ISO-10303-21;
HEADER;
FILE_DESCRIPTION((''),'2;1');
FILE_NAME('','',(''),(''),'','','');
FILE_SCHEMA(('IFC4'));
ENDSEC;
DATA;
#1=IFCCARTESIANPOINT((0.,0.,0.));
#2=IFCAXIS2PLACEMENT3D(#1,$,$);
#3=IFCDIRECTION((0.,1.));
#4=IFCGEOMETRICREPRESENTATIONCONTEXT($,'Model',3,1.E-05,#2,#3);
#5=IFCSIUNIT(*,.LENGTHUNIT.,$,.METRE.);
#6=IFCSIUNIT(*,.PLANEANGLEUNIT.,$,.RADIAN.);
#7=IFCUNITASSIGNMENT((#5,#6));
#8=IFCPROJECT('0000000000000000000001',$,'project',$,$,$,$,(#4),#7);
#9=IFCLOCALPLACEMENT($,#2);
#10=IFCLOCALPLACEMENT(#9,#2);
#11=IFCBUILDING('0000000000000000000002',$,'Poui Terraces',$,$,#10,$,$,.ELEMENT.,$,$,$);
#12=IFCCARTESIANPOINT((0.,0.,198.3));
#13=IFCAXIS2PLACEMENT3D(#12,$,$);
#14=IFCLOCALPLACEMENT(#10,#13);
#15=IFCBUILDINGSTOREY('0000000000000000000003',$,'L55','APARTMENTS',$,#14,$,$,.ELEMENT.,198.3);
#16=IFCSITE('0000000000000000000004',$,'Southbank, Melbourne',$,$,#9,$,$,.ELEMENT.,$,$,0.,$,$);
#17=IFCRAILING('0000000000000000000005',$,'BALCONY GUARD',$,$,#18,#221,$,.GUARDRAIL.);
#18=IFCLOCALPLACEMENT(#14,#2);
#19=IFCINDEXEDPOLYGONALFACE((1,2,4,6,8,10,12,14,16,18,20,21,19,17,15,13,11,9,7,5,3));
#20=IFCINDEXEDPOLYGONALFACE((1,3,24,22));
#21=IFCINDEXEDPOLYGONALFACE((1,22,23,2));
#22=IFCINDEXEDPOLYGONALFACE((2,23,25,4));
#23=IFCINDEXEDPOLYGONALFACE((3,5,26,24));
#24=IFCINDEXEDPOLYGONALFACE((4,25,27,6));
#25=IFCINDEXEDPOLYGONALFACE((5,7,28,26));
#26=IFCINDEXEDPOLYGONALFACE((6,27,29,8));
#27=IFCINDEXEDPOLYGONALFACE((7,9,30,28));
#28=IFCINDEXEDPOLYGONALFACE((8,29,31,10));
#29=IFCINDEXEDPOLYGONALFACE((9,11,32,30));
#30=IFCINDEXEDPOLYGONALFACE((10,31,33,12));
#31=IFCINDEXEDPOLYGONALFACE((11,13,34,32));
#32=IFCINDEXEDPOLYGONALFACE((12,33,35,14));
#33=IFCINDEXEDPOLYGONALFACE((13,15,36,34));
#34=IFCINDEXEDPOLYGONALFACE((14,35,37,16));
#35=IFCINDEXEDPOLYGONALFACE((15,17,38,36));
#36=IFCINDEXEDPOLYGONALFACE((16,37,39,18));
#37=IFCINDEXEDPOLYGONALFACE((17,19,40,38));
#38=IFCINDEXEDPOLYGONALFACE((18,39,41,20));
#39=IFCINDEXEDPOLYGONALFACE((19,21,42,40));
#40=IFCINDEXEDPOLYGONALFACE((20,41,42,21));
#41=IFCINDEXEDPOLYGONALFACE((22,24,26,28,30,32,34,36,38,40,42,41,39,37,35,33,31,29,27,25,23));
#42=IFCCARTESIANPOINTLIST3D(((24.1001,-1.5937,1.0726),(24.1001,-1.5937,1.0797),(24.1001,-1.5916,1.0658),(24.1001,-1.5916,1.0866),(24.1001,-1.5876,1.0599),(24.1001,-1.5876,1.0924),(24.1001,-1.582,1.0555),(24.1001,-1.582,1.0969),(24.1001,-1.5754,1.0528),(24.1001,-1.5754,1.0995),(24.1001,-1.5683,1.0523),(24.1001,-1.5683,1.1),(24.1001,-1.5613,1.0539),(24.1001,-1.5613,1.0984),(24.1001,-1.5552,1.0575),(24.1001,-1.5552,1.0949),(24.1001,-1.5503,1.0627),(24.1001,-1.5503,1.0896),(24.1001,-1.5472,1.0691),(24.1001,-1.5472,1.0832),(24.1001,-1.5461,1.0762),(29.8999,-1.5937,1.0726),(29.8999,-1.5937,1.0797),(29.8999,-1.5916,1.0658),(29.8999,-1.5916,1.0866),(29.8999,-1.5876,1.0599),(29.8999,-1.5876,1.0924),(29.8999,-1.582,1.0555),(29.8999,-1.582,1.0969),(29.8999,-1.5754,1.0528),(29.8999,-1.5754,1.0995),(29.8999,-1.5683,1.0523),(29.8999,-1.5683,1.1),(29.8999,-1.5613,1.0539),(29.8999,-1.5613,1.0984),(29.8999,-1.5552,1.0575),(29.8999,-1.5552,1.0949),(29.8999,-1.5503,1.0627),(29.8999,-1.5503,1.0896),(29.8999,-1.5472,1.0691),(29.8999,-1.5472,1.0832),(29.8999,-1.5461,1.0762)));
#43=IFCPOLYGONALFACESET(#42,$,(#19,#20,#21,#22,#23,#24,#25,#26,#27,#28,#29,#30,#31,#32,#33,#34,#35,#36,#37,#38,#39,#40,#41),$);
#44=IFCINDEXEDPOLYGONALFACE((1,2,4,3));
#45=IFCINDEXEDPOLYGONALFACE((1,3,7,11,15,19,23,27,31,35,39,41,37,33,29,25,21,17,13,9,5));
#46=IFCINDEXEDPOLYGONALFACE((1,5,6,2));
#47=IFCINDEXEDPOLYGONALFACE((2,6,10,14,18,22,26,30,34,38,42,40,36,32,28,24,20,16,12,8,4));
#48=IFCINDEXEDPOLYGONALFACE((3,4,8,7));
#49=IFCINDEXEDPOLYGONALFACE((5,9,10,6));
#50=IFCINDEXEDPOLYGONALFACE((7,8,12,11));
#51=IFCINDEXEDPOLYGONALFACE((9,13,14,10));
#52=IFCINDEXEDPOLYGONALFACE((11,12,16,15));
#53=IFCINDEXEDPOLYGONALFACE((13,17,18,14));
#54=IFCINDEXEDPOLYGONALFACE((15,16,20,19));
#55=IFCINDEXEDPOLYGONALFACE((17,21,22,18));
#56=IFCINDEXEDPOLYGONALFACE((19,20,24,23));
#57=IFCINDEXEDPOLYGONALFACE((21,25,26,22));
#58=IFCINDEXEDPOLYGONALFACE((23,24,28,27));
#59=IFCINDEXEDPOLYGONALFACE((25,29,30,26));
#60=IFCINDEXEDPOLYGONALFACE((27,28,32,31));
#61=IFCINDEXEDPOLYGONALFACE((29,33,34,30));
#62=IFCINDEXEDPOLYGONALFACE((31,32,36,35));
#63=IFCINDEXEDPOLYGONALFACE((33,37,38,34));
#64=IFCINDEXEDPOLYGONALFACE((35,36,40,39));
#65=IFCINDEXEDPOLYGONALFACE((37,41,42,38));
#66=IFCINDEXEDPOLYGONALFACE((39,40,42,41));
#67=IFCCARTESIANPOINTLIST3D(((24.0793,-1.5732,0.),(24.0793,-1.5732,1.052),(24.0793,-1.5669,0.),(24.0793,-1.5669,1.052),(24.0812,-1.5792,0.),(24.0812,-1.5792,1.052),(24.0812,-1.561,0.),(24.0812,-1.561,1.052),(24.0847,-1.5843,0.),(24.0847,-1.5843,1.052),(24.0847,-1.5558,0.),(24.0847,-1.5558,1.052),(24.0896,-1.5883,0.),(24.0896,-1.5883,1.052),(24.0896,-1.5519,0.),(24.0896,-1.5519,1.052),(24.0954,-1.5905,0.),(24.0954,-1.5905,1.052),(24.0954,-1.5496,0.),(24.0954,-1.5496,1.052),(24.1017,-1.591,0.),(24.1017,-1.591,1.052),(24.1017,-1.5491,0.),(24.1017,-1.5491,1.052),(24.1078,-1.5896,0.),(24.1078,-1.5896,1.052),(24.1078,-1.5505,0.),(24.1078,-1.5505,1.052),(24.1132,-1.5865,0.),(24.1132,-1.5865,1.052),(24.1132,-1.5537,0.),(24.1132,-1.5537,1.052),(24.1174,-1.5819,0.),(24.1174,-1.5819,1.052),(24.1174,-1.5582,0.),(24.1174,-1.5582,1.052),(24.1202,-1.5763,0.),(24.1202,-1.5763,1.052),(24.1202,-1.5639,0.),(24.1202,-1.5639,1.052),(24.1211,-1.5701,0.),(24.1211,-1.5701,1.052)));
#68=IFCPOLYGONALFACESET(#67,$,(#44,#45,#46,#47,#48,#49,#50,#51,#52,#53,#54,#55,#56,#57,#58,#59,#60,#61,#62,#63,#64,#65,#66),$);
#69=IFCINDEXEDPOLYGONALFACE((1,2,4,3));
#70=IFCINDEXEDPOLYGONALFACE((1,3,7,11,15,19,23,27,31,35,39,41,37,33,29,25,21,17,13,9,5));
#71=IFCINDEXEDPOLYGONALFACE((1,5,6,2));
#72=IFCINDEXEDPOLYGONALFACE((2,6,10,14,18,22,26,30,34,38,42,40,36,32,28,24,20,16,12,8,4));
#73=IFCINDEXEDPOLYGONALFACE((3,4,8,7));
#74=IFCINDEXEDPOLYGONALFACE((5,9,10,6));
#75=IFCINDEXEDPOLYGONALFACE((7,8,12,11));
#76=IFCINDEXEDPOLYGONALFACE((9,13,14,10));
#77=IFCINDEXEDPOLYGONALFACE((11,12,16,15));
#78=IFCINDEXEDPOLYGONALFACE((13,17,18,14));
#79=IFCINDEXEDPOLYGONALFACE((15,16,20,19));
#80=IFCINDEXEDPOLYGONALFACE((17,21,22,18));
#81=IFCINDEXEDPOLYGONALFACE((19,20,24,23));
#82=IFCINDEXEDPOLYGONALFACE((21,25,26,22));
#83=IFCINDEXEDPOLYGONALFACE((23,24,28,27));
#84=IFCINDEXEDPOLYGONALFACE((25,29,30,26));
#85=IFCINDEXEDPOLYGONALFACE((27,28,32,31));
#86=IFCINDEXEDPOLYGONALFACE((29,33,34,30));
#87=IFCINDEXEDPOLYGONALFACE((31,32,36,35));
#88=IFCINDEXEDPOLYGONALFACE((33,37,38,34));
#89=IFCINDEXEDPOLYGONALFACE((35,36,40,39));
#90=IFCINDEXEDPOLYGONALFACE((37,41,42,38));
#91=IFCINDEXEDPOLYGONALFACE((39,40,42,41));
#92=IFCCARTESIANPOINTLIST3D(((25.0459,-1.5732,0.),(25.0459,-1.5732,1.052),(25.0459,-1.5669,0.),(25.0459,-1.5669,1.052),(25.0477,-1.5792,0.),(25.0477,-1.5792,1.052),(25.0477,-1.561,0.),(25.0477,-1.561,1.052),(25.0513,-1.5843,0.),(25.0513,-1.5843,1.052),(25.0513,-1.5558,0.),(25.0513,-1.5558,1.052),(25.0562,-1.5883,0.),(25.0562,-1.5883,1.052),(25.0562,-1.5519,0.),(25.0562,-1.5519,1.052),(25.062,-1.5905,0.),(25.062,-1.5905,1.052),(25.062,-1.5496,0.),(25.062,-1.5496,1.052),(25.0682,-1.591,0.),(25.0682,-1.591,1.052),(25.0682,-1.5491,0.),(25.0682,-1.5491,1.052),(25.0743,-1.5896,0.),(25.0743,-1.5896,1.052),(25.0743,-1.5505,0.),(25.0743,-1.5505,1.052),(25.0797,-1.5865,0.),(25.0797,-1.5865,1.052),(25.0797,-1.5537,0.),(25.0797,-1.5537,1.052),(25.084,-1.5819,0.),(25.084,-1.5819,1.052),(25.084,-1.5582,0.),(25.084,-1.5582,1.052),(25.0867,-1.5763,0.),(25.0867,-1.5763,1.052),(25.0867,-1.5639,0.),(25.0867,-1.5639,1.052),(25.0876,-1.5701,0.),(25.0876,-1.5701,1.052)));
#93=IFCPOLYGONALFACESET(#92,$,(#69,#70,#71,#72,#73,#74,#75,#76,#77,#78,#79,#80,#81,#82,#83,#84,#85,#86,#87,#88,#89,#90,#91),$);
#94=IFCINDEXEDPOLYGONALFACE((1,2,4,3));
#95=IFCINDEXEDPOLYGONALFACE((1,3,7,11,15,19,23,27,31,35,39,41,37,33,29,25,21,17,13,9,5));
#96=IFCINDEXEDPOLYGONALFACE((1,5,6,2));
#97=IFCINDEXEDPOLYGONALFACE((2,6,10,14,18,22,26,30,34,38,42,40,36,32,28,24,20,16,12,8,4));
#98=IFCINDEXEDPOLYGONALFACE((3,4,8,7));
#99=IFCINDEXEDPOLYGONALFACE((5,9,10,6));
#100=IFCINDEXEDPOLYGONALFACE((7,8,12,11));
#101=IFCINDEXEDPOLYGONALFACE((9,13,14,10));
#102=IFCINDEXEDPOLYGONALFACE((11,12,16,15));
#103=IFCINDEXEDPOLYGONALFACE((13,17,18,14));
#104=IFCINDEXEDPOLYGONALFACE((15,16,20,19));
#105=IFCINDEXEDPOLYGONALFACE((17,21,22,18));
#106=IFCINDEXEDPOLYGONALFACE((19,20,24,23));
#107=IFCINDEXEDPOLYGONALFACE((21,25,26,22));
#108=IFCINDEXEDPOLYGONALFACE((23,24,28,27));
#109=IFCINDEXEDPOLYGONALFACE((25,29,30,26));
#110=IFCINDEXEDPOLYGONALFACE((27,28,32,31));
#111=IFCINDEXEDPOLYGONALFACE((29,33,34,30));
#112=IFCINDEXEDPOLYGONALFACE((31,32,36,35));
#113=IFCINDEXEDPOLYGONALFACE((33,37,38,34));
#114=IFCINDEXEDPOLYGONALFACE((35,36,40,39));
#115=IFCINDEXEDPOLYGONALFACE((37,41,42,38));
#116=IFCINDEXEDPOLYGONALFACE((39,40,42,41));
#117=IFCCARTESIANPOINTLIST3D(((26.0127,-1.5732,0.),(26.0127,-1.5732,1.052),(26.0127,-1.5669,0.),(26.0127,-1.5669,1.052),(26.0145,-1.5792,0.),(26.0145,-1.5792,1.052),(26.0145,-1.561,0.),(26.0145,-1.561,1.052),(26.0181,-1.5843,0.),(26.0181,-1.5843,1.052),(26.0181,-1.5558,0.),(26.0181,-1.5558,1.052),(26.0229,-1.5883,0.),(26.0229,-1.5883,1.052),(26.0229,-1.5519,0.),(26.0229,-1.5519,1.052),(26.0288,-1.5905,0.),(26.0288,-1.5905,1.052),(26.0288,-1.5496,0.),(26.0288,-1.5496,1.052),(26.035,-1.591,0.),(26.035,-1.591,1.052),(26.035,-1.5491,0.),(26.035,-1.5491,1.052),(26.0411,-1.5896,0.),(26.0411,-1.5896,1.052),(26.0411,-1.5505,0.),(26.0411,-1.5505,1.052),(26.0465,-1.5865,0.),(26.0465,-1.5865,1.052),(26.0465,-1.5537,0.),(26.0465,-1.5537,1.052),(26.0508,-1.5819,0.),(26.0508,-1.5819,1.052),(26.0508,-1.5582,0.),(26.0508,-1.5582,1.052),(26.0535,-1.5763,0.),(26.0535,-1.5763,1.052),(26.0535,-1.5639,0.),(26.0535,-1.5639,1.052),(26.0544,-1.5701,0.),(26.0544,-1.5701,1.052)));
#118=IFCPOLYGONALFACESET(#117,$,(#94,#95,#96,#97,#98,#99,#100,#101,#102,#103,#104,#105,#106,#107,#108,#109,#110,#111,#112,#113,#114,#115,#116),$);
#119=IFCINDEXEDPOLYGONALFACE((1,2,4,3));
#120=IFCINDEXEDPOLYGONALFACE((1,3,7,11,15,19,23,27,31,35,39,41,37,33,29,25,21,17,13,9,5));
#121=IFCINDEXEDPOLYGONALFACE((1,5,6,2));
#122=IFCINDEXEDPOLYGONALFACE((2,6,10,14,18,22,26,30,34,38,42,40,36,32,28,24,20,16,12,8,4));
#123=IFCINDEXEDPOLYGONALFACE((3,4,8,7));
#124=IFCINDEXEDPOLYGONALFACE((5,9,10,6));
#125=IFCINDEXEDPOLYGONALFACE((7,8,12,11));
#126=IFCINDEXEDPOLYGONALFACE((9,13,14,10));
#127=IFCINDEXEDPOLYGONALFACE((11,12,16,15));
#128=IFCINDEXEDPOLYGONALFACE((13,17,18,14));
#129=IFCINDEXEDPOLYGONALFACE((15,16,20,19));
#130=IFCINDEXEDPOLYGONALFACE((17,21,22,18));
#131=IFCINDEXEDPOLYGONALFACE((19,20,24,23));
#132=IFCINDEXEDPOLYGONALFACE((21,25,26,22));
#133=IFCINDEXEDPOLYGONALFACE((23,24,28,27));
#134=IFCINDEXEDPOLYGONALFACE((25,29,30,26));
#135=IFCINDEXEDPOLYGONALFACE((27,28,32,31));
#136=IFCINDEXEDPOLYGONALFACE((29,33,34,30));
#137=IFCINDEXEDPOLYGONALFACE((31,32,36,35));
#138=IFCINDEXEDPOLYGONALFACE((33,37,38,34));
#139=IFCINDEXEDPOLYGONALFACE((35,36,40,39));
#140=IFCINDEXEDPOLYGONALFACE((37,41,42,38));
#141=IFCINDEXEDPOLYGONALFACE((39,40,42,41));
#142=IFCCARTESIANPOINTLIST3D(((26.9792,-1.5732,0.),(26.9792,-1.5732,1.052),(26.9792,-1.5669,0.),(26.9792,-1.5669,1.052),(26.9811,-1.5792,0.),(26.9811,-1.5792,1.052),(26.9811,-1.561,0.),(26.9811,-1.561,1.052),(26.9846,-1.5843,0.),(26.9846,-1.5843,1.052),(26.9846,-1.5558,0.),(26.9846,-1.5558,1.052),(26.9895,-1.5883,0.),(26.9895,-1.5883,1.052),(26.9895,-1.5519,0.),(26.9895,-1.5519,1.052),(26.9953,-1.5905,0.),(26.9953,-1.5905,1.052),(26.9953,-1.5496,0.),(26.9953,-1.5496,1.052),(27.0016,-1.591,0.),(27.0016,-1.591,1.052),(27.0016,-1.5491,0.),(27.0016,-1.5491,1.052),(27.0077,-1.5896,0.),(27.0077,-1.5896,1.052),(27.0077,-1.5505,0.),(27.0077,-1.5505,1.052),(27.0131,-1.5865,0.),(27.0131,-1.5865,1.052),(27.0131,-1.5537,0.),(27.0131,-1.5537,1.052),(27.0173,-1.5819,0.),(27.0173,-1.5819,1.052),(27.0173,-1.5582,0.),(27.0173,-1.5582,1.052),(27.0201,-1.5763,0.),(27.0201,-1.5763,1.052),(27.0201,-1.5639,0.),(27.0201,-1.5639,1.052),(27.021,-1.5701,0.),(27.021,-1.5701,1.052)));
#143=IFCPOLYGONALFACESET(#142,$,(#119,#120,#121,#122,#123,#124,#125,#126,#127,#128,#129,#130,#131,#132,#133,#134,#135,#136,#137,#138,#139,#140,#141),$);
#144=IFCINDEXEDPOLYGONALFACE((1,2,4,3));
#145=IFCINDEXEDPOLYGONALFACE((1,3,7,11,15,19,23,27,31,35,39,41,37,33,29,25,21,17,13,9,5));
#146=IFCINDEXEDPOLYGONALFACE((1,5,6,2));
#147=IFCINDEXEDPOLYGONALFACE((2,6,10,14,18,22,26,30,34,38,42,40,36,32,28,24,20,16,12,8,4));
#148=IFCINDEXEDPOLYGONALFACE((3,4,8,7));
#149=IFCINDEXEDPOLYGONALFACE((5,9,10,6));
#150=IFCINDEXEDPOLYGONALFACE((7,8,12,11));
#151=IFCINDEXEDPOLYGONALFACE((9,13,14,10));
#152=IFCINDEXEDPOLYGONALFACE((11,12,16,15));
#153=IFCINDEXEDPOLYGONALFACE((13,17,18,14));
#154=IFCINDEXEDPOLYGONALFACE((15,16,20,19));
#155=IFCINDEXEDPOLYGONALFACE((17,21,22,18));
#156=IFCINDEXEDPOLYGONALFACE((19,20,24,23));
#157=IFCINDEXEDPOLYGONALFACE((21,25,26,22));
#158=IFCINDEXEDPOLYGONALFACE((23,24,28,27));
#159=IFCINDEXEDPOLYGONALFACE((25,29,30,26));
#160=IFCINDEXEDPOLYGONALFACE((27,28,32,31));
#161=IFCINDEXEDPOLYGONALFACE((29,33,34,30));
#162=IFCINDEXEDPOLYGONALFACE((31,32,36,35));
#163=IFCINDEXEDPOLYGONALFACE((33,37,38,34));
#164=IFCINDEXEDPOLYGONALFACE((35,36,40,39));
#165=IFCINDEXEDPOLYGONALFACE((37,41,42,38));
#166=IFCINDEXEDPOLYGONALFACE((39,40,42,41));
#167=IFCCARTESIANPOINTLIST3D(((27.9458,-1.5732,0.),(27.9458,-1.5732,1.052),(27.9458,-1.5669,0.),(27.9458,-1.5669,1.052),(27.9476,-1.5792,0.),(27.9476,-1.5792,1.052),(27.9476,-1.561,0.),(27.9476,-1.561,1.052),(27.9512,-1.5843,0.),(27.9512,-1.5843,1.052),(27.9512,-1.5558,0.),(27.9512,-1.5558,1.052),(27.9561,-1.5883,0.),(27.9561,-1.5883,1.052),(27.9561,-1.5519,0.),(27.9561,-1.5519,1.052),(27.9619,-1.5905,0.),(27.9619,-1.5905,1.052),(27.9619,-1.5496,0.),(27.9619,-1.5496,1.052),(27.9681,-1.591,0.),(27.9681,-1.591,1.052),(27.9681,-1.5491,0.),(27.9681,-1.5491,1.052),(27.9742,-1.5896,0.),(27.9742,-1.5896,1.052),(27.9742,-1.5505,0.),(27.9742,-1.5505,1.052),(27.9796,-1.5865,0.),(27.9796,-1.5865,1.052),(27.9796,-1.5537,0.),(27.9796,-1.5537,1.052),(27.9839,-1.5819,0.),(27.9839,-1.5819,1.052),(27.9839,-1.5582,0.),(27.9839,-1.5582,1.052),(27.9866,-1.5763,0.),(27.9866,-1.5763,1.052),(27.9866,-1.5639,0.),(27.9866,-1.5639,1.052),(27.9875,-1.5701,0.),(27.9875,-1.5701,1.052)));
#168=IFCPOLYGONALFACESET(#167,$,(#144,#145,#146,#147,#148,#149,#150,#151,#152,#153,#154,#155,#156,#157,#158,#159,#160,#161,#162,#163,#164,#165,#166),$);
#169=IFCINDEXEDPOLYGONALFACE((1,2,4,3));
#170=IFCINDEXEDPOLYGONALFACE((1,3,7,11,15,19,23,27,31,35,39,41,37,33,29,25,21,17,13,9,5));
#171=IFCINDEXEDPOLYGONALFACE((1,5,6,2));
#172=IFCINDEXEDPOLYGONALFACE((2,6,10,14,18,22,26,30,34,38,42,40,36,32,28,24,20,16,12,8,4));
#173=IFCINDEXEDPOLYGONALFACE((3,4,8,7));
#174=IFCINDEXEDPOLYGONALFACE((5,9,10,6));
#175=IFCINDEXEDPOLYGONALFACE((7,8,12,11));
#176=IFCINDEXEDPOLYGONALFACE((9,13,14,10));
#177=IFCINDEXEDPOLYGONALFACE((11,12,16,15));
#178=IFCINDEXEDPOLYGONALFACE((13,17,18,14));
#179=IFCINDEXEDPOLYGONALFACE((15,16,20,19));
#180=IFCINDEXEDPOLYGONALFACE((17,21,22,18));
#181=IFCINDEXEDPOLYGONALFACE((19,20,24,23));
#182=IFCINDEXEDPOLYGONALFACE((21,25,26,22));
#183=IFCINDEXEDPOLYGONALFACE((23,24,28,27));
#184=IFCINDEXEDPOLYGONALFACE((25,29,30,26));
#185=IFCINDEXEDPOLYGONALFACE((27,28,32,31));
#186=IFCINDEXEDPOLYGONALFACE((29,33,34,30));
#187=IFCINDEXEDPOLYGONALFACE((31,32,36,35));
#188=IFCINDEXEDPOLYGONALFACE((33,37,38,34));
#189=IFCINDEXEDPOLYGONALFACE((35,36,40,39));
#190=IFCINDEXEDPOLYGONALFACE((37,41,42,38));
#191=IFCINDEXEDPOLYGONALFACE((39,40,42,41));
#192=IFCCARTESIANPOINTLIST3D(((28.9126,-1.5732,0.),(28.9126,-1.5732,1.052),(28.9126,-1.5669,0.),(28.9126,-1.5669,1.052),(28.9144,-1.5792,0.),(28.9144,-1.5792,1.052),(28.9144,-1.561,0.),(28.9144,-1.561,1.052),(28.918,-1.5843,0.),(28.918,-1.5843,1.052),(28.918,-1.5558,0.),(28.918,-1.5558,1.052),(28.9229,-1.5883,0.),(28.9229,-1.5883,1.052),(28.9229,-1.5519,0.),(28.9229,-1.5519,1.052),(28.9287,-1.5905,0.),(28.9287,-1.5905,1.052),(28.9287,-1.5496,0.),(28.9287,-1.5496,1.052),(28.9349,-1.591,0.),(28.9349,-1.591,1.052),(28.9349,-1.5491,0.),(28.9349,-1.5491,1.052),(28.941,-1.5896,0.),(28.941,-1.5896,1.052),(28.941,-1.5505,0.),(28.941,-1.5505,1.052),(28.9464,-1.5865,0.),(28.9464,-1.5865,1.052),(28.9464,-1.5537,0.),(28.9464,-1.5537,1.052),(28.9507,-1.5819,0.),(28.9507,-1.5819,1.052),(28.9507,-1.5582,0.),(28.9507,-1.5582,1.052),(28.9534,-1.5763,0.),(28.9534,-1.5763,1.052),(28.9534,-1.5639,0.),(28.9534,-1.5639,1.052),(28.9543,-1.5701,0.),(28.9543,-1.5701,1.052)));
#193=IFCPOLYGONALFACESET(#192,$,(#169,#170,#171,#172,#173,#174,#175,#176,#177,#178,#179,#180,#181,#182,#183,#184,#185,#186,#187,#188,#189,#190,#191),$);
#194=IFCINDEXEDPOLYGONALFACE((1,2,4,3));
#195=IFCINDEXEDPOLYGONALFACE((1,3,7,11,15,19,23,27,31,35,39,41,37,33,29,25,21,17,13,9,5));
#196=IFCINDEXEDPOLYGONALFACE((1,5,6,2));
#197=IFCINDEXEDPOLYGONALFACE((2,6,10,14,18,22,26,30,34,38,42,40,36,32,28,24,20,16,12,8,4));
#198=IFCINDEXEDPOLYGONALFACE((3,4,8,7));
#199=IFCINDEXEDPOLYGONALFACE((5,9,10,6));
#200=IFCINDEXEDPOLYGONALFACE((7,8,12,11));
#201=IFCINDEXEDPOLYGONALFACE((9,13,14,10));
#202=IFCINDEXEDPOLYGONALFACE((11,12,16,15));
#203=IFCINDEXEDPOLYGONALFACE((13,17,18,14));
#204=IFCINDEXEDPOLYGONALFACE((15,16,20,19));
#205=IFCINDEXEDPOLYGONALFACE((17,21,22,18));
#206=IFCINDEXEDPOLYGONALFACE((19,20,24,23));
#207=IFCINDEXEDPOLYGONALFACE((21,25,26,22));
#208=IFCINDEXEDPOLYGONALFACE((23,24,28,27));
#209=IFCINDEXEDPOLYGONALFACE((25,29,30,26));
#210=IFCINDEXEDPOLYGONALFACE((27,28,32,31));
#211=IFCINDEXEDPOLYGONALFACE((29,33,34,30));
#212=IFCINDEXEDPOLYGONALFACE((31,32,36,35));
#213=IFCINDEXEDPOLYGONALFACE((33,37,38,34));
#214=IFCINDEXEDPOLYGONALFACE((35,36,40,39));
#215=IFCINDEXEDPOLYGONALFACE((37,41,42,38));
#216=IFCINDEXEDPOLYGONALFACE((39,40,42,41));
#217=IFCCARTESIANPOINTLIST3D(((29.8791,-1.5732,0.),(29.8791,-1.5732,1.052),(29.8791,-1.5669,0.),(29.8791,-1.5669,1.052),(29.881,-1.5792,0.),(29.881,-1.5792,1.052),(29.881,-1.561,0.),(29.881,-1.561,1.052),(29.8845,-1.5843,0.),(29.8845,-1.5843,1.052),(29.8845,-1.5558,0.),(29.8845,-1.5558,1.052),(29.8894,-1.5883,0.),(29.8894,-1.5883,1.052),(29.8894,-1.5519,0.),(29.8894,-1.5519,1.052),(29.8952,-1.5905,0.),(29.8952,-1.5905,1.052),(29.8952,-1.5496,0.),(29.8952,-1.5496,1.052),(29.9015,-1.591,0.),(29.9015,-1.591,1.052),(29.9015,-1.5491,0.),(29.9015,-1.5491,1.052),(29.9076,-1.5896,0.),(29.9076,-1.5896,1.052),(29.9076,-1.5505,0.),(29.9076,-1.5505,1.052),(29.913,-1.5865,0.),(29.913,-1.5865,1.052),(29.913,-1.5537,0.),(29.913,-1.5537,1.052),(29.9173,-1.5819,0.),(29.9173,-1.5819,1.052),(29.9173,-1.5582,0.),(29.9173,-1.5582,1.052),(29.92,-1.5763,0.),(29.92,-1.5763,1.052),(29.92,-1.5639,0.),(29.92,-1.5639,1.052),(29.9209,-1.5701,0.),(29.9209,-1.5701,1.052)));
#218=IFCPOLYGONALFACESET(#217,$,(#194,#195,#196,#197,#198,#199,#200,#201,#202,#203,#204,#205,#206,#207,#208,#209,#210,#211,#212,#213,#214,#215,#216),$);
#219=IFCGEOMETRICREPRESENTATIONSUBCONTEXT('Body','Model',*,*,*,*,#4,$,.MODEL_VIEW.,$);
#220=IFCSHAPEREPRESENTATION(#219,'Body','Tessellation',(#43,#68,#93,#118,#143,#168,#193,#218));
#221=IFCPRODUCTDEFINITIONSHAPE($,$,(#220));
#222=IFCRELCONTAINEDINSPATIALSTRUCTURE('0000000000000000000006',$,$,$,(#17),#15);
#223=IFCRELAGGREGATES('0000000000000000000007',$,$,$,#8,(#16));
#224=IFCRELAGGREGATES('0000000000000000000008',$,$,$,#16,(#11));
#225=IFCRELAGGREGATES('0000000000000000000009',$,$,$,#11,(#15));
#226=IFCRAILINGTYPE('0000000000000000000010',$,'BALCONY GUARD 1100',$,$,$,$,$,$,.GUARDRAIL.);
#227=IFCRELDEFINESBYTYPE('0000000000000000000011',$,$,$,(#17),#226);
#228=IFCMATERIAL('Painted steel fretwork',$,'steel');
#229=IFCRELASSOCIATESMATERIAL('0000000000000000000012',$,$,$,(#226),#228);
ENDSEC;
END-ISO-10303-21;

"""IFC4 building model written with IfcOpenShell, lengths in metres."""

from ifc_helpers import new_model, si_unit, direction, frame, origin, origin_2d, place, context, subcontext, project, spatial, circle, extrude, material, type_object, element, save


model = new_model("IFC4")

# Units and contexts
model_context = context("Model", 3, precision=1e-05, world=origin(), true_north=direction((0.0, 1.0)))
body_context = subcontext(model_context, "Body", "Model", "MODEL_VIEW")
ifc_project = project(units=[si_unit("LENGTHUNIT", "METRE"), si_unit("PLANEANGLEUNIT", "RADIAN")], contexts=[model_context])

# Site, building, storey
site_placement = place(None, origin())
site = spatial("IfcSite", under=ifc_project, at=site_placement, Name="Southbank, Melbourne", CompositionType="ELEMENT", RefElevation=0.0)
building_placement = place(site_placement, origin())
building = spatial("IfcBuilding", under=site, at=building_placement, Name="Poui Terraces", CompositionType="ELEMENT")
storey_placement = place(building_placement, frame((0.0, 0.0, 198.3)))
storey = spatial("IfcBuildingStorey", under=building, at=storey_placement, Name="L55", Description="APARTMENTS", CompositionType="ELEMENT", Elevation=198.3)

# Railing
ifc_material_1 = material(Name="Painted steel fretwork", Category="steel")
railing_type = type_object("IfcRailingType", Name="BALCONY GUARD 1100", PredefinedType="GUARDRAIL", material=ifc_material_1)
railing_placement = place(storey_placement, frame((24.1001, -1.5701, 0.0)))
element("IfcRailing", 1, at=railing_placement, inside=storey, type_object=railing_type, Name="BALCONY GUARD", PredefinedType="GUARDRAIL", context=body_context, shape_type="SweptSolid", body=[
    extrude(circle(Radius=0.0239, at=origin_2d()), frame((0.0, 0.0, 1.0762), z_axis=(1.0, 0.0, 0.0), x_axis=(0.0, 1.0, 0.0)), (0.0, 0.0, 1.0), 5.7998),
    extrude(circle(Radius=0.021, at=origin_2d()), origin(), (0.0, 0.0, 1.0), 1.052),
    extrude(circle(Radius=0.021, at=origin_2d()), frame((0.9666, 0.0, 0.0)), (0.0, 0.0, 1.0), 1.052),
    extrude(circle(Radius=0.021, at=origin_2d()), frame((1.9333, 0.0, 0.0)), (0.0, 0.0, 1.0), 1.052),
    extrude(circle(Radius=0.021, at=origin_2d()), frame((2.8999, 0.0, 0.0)), (0.0, 0.0, 1.0), 1.052),
    extrude(circle(Radius=0.021, at=origin_2d()), frame((3.8665, 0.0, 0.0)), (0.0, 0.0, 1.0), 1.052),
    extrude(circle(Radius=0.021, at=origin_2d()), frame((4.8333, 0.0, 0.0)), (0.0, 0.0, 1.0), 1.052),
    extrude(circle(Radius=0.021, at=origin_2d()), frame((5.7998, 0.0, 0.0)), (0.0, 0.0, 1.0), 1.052),
])

save(model, "model.ifc")
